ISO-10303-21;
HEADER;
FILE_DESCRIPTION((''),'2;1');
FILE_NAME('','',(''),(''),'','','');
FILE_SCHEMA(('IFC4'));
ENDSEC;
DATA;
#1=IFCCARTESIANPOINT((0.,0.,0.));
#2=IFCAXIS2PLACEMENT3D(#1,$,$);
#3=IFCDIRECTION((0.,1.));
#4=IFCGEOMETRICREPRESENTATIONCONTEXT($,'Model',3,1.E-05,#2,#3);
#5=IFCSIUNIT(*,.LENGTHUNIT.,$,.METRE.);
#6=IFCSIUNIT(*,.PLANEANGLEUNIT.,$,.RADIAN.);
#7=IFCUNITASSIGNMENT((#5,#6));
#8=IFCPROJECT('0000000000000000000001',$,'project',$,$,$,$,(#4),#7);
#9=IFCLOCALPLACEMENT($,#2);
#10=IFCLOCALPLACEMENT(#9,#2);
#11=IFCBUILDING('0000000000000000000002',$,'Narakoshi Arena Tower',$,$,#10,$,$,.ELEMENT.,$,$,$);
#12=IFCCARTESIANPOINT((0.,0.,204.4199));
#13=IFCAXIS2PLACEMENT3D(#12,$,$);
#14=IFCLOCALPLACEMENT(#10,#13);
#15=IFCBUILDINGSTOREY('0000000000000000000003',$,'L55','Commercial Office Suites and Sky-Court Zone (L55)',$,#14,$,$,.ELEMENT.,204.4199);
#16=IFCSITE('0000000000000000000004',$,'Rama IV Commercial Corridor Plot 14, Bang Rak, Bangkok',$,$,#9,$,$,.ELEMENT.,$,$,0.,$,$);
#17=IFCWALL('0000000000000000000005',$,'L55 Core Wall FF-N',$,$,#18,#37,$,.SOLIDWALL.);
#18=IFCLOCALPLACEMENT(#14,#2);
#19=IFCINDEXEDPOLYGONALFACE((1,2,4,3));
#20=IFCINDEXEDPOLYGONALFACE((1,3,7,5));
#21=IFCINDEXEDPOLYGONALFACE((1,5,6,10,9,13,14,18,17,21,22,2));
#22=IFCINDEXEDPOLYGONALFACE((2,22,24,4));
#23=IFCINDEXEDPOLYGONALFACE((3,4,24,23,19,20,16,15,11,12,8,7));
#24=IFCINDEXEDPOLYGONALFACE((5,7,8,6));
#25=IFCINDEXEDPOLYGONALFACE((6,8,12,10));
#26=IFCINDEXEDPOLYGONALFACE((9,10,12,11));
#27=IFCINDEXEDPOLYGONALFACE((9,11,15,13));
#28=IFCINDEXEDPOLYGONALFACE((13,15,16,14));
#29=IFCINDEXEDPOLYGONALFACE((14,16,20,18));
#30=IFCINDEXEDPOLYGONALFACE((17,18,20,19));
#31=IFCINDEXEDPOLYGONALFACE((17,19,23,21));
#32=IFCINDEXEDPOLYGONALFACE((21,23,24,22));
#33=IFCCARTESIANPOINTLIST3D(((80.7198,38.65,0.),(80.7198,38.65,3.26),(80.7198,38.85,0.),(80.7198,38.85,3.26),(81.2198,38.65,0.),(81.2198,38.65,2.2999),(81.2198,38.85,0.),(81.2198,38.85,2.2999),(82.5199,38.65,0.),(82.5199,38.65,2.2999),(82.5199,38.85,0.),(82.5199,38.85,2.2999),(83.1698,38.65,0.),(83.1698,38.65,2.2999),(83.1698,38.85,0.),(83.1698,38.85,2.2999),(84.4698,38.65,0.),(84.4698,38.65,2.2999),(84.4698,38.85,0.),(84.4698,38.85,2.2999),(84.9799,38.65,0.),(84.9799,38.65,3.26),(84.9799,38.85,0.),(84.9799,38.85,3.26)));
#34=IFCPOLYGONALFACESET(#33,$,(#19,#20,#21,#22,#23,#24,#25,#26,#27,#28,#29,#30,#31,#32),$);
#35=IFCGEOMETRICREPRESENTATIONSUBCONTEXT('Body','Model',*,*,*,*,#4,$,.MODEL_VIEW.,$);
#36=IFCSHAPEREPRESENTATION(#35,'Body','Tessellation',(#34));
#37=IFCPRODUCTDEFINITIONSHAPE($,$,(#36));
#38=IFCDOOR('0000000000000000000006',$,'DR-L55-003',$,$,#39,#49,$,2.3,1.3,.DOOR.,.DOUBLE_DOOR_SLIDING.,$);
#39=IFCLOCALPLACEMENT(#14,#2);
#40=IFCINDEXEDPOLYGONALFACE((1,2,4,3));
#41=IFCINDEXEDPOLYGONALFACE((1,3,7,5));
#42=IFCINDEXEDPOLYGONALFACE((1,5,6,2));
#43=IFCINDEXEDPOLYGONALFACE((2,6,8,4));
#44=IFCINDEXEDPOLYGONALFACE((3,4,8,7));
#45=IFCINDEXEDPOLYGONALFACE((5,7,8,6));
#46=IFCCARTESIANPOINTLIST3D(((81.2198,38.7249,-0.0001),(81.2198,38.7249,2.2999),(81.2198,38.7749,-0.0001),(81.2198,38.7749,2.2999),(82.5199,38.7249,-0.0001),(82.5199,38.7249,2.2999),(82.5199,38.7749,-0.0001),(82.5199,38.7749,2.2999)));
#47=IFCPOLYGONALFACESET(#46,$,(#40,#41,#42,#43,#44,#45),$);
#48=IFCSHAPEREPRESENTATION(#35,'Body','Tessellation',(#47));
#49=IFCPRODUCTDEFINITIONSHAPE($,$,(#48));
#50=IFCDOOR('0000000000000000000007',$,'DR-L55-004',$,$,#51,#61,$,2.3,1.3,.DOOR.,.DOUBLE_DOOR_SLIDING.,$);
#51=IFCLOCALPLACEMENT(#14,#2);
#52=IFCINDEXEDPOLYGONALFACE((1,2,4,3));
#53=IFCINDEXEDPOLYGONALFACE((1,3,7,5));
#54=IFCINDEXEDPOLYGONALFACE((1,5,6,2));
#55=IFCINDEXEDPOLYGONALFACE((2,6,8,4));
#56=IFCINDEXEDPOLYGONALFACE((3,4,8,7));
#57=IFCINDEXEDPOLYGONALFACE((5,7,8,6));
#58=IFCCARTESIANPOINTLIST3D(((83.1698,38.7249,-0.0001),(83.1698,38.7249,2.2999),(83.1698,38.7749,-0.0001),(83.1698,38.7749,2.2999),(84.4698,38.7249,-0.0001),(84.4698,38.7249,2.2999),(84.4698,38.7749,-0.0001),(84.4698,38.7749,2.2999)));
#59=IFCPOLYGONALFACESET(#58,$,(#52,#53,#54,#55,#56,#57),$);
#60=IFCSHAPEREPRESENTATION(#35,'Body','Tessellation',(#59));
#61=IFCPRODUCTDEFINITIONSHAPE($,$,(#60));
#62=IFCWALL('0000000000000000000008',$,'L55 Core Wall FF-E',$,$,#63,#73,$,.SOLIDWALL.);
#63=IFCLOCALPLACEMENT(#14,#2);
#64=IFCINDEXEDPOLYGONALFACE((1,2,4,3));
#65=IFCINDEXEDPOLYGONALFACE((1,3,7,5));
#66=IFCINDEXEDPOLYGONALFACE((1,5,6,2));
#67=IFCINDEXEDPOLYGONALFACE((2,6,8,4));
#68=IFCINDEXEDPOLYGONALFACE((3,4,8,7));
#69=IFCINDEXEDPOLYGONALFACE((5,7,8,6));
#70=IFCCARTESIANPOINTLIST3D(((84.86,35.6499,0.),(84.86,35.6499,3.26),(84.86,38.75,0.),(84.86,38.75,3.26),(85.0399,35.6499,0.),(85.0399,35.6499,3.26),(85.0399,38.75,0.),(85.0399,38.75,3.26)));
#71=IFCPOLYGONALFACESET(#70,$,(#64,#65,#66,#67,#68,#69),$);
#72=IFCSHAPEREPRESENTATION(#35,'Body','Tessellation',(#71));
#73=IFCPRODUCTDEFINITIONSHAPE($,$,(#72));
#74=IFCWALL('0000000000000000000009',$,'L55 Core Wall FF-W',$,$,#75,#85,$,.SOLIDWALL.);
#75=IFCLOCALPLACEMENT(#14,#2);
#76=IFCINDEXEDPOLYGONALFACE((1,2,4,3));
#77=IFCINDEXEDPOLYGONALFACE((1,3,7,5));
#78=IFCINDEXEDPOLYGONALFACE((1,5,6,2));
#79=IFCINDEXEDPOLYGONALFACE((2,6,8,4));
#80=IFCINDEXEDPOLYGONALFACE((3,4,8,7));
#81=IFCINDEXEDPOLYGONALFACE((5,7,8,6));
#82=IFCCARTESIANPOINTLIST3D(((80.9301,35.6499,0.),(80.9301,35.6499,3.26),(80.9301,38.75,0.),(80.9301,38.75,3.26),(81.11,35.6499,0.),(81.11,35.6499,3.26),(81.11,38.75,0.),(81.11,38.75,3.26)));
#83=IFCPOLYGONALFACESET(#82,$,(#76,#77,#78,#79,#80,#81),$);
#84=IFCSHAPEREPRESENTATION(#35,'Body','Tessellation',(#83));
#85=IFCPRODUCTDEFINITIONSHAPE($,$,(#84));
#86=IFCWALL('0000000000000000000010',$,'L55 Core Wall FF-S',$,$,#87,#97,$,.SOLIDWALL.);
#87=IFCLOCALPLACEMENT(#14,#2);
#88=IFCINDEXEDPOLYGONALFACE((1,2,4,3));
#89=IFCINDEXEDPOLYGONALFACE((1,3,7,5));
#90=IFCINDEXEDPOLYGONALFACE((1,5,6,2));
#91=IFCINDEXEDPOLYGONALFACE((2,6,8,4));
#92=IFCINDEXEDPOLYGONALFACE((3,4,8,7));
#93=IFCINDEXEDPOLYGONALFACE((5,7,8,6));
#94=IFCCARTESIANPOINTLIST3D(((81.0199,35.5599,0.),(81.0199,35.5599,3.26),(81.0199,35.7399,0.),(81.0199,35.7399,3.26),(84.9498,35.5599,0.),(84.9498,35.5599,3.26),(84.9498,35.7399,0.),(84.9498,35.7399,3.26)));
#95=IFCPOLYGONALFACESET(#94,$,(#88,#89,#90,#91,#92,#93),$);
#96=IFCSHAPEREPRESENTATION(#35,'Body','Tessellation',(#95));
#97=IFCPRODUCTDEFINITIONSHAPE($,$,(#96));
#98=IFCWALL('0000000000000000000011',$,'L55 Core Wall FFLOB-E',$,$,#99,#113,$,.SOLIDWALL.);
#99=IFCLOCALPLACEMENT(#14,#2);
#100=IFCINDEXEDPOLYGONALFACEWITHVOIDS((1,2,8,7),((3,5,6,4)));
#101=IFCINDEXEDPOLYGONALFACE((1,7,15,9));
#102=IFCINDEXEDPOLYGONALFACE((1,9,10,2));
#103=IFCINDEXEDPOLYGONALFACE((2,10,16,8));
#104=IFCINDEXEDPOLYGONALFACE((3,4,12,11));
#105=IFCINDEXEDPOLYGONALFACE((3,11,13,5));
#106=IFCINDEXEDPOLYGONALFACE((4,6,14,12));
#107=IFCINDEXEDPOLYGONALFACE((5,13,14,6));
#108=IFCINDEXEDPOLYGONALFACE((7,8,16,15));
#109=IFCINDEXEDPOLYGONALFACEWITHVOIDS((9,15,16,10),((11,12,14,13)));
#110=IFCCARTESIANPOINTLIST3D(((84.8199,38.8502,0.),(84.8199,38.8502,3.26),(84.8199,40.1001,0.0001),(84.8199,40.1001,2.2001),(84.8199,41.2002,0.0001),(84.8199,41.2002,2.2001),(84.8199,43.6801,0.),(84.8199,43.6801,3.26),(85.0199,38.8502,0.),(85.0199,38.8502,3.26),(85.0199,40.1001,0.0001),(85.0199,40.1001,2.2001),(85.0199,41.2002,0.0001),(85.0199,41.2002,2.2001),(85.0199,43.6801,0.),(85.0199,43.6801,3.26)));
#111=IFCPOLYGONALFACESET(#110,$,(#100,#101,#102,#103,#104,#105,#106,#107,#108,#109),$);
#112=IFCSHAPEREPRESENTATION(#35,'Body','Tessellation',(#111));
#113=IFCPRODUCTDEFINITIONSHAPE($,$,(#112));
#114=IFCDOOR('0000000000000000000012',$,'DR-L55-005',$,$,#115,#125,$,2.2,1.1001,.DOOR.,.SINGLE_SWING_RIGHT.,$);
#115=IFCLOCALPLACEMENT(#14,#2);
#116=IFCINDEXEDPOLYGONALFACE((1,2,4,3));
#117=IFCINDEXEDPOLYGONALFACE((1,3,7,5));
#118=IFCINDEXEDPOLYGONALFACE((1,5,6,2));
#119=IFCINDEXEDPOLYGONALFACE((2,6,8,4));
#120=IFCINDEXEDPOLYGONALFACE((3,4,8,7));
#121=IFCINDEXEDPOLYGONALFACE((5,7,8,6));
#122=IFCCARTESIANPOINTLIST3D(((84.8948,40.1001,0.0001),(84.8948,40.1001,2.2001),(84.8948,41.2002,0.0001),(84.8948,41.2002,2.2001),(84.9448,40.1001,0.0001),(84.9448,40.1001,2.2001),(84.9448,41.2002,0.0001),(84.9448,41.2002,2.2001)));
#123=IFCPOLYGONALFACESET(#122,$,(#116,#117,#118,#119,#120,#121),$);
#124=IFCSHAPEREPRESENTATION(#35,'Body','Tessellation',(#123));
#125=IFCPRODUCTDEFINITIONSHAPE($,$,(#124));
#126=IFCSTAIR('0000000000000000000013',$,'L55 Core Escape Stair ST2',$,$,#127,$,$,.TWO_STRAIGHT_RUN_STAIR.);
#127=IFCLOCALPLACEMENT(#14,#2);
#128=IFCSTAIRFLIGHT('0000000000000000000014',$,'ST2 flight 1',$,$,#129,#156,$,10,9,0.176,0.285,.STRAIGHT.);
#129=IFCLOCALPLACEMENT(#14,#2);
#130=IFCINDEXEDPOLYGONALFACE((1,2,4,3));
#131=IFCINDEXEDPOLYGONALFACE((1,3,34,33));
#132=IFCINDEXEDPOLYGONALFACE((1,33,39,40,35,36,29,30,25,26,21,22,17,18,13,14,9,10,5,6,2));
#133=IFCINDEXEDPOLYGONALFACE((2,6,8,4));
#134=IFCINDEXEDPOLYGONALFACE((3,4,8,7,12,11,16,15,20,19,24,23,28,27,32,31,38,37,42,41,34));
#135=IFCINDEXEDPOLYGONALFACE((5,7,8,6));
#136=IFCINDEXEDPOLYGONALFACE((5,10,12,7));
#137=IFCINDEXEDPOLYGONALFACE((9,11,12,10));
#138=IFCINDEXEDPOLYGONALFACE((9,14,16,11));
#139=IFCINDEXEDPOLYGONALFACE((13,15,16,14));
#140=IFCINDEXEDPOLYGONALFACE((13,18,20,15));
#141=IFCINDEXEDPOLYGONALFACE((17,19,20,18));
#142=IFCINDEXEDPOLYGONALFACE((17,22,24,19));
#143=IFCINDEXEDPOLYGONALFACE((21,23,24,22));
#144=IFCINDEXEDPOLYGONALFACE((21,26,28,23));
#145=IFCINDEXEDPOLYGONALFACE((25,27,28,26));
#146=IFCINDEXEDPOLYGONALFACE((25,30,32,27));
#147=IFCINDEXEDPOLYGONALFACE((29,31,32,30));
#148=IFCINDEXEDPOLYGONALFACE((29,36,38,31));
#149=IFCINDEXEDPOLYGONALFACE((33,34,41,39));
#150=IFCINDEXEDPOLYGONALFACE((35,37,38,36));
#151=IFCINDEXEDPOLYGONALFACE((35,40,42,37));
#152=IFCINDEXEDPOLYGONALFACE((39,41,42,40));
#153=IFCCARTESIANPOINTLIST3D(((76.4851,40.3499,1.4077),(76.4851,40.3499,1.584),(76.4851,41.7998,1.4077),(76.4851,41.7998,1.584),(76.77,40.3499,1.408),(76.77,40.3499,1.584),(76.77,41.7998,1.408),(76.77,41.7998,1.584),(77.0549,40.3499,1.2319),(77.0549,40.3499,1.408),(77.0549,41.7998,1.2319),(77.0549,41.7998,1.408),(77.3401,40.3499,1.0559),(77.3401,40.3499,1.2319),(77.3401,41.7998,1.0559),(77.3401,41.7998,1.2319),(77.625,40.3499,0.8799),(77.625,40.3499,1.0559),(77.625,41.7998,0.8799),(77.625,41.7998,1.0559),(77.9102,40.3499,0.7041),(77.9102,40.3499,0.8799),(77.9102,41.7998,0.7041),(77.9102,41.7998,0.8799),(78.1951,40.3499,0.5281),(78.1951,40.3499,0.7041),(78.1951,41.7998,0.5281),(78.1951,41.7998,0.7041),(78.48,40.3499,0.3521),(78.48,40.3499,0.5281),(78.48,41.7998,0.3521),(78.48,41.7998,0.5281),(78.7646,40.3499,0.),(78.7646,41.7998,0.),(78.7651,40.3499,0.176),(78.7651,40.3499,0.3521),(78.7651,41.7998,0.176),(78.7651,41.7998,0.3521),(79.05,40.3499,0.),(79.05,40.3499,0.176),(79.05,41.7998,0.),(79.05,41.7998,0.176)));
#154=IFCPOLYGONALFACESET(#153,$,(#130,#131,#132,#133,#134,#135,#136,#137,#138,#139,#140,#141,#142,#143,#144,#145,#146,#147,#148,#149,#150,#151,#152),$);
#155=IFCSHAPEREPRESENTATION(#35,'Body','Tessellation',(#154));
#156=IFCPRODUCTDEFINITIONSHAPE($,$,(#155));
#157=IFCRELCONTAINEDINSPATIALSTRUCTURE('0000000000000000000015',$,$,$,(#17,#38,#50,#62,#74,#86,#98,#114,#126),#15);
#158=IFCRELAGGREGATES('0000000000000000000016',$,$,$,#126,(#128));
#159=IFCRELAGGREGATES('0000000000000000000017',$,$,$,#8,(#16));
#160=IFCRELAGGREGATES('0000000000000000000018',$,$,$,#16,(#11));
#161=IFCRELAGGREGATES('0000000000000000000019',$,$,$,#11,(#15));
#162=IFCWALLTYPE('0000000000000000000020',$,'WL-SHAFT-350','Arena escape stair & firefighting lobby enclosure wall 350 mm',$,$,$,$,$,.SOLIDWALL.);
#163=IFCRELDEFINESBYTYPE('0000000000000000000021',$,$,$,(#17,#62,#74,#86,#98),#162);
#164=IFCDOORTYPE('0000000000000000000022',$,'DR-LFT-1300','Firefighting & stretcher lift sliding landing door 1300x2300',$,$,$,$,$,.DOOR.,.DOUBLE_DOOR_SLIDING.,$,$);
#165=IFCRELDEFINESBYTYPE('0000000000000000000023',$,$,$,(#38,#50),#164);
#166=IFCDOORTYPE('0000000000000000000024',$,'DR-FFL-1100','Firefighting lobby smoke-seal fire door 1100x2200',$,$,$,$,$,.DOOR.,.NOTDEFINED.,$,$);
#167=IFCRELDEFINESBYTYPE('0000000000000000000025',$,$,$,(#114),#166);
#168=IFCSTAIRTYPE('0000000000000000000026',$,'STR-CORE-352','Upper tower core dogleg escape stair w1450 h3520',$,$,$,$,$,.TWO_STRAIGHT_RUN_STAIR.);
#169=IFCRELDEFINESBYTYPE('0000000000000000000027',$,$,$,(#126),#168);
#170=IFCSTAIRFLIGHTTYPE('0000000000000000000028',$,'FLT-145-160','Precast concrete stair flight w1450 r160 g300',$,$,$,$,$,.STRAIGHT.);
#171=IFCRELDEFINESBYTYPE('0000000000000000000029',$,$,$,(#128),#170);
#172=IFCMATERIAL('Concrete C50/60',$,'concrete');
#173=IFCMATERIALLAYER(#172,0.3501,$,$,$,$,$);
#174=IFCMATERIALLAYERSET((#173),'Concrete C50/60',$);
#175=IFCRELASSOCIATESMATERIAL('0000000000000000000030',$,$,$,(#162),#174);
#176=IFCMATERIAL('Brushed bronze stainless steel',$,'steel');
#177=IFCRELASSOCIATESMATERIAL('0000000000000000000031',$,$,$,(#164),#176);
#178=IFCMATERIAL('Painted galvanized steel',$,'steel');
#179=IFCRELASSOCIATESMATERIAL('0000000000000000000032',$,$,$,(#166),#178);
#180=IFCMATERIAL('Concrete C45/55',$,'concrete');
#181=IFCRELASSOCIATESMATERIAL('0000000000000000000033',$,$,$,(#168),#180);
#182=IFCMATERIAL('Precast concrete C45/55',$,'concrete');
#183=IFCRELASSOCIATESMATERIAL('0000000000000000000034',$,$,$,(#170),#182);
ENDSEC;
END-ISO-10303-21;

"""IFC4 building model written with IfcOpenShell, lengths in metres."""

from ifc_helpers import new_model, si_unit, direction, frame, frame_2d, origin, place, context, subcontext, project, spatial, polyline, rectangle, outline, extrude, material, layer, layer_set, type_object, element, fill, aggregate, save


model = new_model("IFC4")

# Units and contexts
model_context = context("Model", 3, precision=1e-05, world=origin(), true_north=direction((0.0, 1.0)))
body_context = subcontext(model_context, "Body", "Model", "MODEL_VIEW")
ifc_project = project(units=[si_unit("LENGTHUNIT", "METRE"), si_unit("PLANEANGLEUNIT", "RADIAN")], contexts=[model_context])

# Site, building, storey
site_placement = place(None, origin())
site = spatial("IfcSite", under=ifc_project, at=site_placement, Name="Rama IV Commercial Corridor Plot 14, Bang Rak, Bangkok", CompositionType="ELEMENT", RefElevation=0.0)
building_placement = place(site_placement, origin())
building = spatial("IfcBuilding", under=site, at=building_placement, Name="Narakoshi Arena Tower", CompositionType="ELEMENT")
storey_placement = place(building_placement, frame((0.0, 0.0, 204.4199)))
storey = spatial("IfcBuildingStorey", under=building, at=storey_placement, Name="L55", Description="Commercial Office Suites and Sky-Court Zone (L55)", CompositionType="ELEMENT", Elevation=204.4199)

# Shared definitions
ifc_material_1 = material(Name="Concrete C50/60", Category="concrete")
ifc_material_2 = material(Name="Precast concrete C45/55", Category="concrete")
ifc_layer_1 = layer(ifc_material_1, 0.3501)
ifc_layer_set_1 = layer_set([ifc_layer_1], Name="Concrete C50/60")
wall_type_1 = type_object("IfcWallType", Name="WL-SHAFT-350", Description="Arena escape stair & firefighting lobby enclosure wall 350 mm", PredefinedType="SOLIDWALL", material=ifc_layer_set_1)

# Shared definitions
ifc_material_3 = material(Name="Painted galvanized steel", Category="steel")

# Wall, openings, doors
wall_1_placement = place(storey_placement, frame((80.72, 38.75, 0.0), z_axis=(0.0, 0.0, 1.0), x_axis=(1.0, 0.0, 0.0)))
wall_1 = element("IfcWall", 1, at=wall_1_placement, inside=storey, type_object=wall_type_1, Name="L55 Core Wall FF-N", PredefinedType="SOLIDWALL", context=body_context, shape_type="SweptSolid", body=[
    extrude(rectangle(XDim=4.26, YDim=0.2, at=frame_2d((2.1299, 0.0))), origin(), (0.0, 0.0, 1.0), 3.26),
])
opening_1_placement = place(wall_1_placement, frame((0.5, 0.0, 0.0)))
opening_1 = element("IfcOpeningElement", 2, at=opening_1_placement, cuts=wall_1, PredefinedType="OPENING", context=body_context, shape_type="SweptSolid", body=[
    extrude(rectangle(XDim=1.3, YDim=2.3, at=frame_2d((0.6499, 1.1499))), frame((0.0, 0.1099, 0.0), z_axis=(0.0, -1.0, 0.0), x_axis=(1.0, 0.0, 0.0)), (0.0, 0.0, 1.0), 0.22),
])
opening_2_placement = place(wall_1_placement, frame((2.45, 0.0, 0.0)))
opening_2 = element("IfcOpeningElement", 3, at=opening_2_placement, cuts=wall_1, PredefinedType="OPENING", context=body_context, shape_type="SweptSolid", body=[
    extrude(rectangle(XDim=1.3, YDim=2.3, at=frame_2d((0.6499, 1.1499))), frame((0.0, 0.1099, 0.0), z_axis=(0.0, -1.0, 0.0), x_axis=(1.0, 0.0, 0.0)), (0.0, 0.0, 1.0), 0.22),
])
ifc_material_4 = material(Name="Brushed bronze stainless steel", Category="steel")
door_type_1 = type_object("IfcDoorType", Name="DR-LFT-1300", Description="Firefighting & stretcher lift sliding landing door 1300x2300", OperationType="DOUBLE_DOOR_SLIDING", PredefinedType="DOOR", material=ifc_material_4)
door_1_placement = place(opening_1_placement, origin())
door_1 = element("IfcDoor", 4, at=door_1_placement, inside=storey, type_object=door_type_1, Name="DR-L55-003", OperationType="DOUBLE_DOOR_SLIDING", OverallHeight=2.3, OverallWidth=1.3, PredefinedType="DOOR", context=body_context, shape_type="SweptSolid", body=[
    extrude(rectangle(XDim=1.3, YDim=2.3, at=frame_2d((0.6499, 1.1499))), frame((0.0, 0.0249, 0.0), z_axis=(0.0, -1.0, 0.0), x_axis=(1.0, 0.0, 0.0)), (0.0, 0.0, 1.0), 0.05),
])
fill(opening_1, door_1)
door_2_placement = place(opening_2_placement, origin())
door_2 = element("IfcDoor", 5, at=door_2_placement, inside=storey, type_object=door_type_1, Name="DR-L55-004", OperationType="DOUBLE_DOOR_SLIDING", OverallHeight=2.3, OverallWidth=1.3, PredefinedType="DOOR", context=body_context, shape_type="SweptSolid", body=[
    extrude(rectangle(XDim=1.3, YDim=2.3, at=frame_2d((0.6499, 1.1499))), frame((0.0, 0.0249, 0.0), z_axis=(0.0, -1.0, 0.0), x_axis=(1.0, 0.0, 0.0)), (0.0, 0.0, 1.0), 0.05),
])
fill(opening_2, door_2)

# Walls
for number, where, z_axis, x_axis, name in (
    (6, (84.95, 35.6499, 0.0), (0.0, 0.0, 1.0), (0.0, 1.0, 0.0), "L55 Core Wall FF-E"),
    (7, (81.02, 35.6499, 0.0), (0.0, 0.0, 1.0), (0.0, 1.0, 0.0), "L55 Core Wall FF-W"),
):
    element("IfcWall", number, at=place(storey_placement, frame(where, z_axis=z_axis, x_axis=x_axis)), inside=storey, type_object=wall_type_1, Name=name, PredefinedType="SOLIDWALL", context=body_context, shape_type="SweptSolid", body=[
        extrude(rectangle(XDim=3.1001, YDim=0.1799, at=frame_2d((1.55, 0.0))), origin(), (0.0, 0.0, 1.0), 3.26),
    ])
wall_2_placement = place(storey_placement, frame((81.02, 35.6499, 0.0), z_axis=(0.0, 0.0, 1.0), x_axis=(1.0, 0.0, 0.0)))
element("IfcWall", 8, at=wall_2_placement, inside=storey, type_object=wall_type_1, Name="L55 Core Wall FF-S", PredefinedType="SOLIDWALL", context=body_context, shape_type="SweptSolid", body=[
    extrude(rectangle(XDim=3.9299, YDim=0.1799, at=frame_2d((1.9648, 0.0))), origin(), (0.0, 0.0, 1.0), 3.26),
])

# Wall, opening, door
wall_3_placement = place(storey_placement, frame((84.9199, 38.8501, 0.0), z_axis=(0.0, 0.0, 1.0), x_axis=(0.0, 1.0, 0.0)))
wall_3 = element("IfcWall", 9, at=wall_3_placement, inside=storey, type_object=wall_type_1, Name="L55 Core Wall FFLOB-E", PredefinedType="SOLIDWALL", context=body_context, shape_type="SweptSolid", body=[
    extrude(rectangle(XDim=4.8298, YDim=0.2, at=frame_2d((2.415, 0.0))), origin(), (0.0, 0.0, 1.0), 3.26),
])
opening_3_placement = place(wall_3_placement, frame((1.25, 0.0, 0.0)))
opening_3 = element("IfcOpeningElement", 10, at=opening_3_placement, cuts=wall_3, PredefinedType="OPENING", context=body_context, shape_type="SweptSolid", body=[
    extrude(rectangle(XDim=1.1001, YDim=2.2, at=frame_2d((0.55, 1.1001))), frame((0.0, 0.1099, 0.0), z_axis=(0.0, -1.0, 0.0), x_axis=(1.0, 0.0, 0.0)), (0.0, 0.0, 1.0), 0.22),
])
door_type_2 = type_object("IfcDoorType", Name="DR-FFL-1100", Description="Firefighting lobby smoke-seal fire door 1100x2200", OperationType="NOTDEFINED", PredefinedType="DOOR", material=ifc_material_3)
door_3_placement = place(opening_3_placement, frame((1.1001, 0.0, 0.0), z_axis=(0.0, 0.0, 1.0), x_axis=(-1.0, 0.0, 0.0)))
door_3 = element("IfcDoor", 11, at=door_3_placement, inside=storey, type_object=door_type_2, Name="DR-L55-005", OperationType="SINGLE_SWING_RIGHT", OverallHeight=2.2, OverallWidth=1.1001, PredefinedType="DOOR", context=body_context, shape_type="SweptSolid", body=[
    extrude(rectangle(XDim=1.1001, YDim=2.2, at=frame_2d((0.55, 1.1001))), frame((0.0, 0.0249, 0.0), z_axis=(0.0, -1.0, 0.0), x_axis=(1.0, 0.0, 0.0)), (0.0, 0.0, 1.0), 0.05),
])
fill(opening_3, door_3)

# Stair, stair flight
ifc_material_5 = material(Name="Concrete C45/55", Category="concrete")
stair_type = type_object("IfcStairType", Name="STR-CORE-352", Description="Upper tower core dogleg escape stair w1450 h3520", PredefinedType="TWO_STRAIGHT_RUN_STAIR", material=ifc_material_5)
stair_placement = place(storey_placement, origin())
stair = element("IfcStair", 12, at=stair_placement, inside=storey, type_object=stair_type, Name="L55 Core Escape Stair ST2", PredefinedType="TWO_STRAIGHT_RUN_STAIR")
stair_flight_type = type_object("IfcStairFlightType", Name="FLT-145-160", Description="Precast concrete stair flight w1450 r160 g300", PredefinedType="STRAIGHT", material=ifc_material_2)
stair_flight_placement = place(storey_placement, frame((79.05, 41.075, 0.0), z_axis=(0.0, 0.0, 1.0), x_axis=(-1.0, 0.0, 0.0)))
stair_flight = element("IfcStairFlight", 13, at=stair_flight_placement, type_object=stair_flight_type, Name="ST2 flight 1", NumberOfRisers=10, NumberOfTreads=9, PredefinedType="STRAIGHT", RiserHeight=0.176, TreadLength=0.285, context=body_context, shape_type="SweptSolid", body=[
    extrude(outline(polyline([(0.0, 0.0), (0.0, 0.176), (0.2849, 0.176), (0.2849, 0.3521), (0.5701, 0.3521), (0.5701, 0.5281), (0.855, 0.5281), (0.855, 0.7041), (1.1399, 0.7041), (1.1399, 0.8799), (1.425, 0.8799), (1.425, 1.0559), (1.71, 1.0559), (1.71, 1.2319), (1.9951, 1.2319), (1.9951, 1.408), (2.28, 1.408), (2.28, 1.584), (2.5649, 1.584), (2.5649, 1.76), (2.5649, 1.4077), (0.2854, 0.0), (0.0, 0.0)])), frame((0.0, 0.7251, 0.0), z_axis=(0.0, -1.0, 0.0), x_axis=(1.0, 0.0, 0.0)), (0.0, 0.0, 1.0), 1.45),
])
aggregate(stair, [stair_flight])

save(model, "model.ifc")
